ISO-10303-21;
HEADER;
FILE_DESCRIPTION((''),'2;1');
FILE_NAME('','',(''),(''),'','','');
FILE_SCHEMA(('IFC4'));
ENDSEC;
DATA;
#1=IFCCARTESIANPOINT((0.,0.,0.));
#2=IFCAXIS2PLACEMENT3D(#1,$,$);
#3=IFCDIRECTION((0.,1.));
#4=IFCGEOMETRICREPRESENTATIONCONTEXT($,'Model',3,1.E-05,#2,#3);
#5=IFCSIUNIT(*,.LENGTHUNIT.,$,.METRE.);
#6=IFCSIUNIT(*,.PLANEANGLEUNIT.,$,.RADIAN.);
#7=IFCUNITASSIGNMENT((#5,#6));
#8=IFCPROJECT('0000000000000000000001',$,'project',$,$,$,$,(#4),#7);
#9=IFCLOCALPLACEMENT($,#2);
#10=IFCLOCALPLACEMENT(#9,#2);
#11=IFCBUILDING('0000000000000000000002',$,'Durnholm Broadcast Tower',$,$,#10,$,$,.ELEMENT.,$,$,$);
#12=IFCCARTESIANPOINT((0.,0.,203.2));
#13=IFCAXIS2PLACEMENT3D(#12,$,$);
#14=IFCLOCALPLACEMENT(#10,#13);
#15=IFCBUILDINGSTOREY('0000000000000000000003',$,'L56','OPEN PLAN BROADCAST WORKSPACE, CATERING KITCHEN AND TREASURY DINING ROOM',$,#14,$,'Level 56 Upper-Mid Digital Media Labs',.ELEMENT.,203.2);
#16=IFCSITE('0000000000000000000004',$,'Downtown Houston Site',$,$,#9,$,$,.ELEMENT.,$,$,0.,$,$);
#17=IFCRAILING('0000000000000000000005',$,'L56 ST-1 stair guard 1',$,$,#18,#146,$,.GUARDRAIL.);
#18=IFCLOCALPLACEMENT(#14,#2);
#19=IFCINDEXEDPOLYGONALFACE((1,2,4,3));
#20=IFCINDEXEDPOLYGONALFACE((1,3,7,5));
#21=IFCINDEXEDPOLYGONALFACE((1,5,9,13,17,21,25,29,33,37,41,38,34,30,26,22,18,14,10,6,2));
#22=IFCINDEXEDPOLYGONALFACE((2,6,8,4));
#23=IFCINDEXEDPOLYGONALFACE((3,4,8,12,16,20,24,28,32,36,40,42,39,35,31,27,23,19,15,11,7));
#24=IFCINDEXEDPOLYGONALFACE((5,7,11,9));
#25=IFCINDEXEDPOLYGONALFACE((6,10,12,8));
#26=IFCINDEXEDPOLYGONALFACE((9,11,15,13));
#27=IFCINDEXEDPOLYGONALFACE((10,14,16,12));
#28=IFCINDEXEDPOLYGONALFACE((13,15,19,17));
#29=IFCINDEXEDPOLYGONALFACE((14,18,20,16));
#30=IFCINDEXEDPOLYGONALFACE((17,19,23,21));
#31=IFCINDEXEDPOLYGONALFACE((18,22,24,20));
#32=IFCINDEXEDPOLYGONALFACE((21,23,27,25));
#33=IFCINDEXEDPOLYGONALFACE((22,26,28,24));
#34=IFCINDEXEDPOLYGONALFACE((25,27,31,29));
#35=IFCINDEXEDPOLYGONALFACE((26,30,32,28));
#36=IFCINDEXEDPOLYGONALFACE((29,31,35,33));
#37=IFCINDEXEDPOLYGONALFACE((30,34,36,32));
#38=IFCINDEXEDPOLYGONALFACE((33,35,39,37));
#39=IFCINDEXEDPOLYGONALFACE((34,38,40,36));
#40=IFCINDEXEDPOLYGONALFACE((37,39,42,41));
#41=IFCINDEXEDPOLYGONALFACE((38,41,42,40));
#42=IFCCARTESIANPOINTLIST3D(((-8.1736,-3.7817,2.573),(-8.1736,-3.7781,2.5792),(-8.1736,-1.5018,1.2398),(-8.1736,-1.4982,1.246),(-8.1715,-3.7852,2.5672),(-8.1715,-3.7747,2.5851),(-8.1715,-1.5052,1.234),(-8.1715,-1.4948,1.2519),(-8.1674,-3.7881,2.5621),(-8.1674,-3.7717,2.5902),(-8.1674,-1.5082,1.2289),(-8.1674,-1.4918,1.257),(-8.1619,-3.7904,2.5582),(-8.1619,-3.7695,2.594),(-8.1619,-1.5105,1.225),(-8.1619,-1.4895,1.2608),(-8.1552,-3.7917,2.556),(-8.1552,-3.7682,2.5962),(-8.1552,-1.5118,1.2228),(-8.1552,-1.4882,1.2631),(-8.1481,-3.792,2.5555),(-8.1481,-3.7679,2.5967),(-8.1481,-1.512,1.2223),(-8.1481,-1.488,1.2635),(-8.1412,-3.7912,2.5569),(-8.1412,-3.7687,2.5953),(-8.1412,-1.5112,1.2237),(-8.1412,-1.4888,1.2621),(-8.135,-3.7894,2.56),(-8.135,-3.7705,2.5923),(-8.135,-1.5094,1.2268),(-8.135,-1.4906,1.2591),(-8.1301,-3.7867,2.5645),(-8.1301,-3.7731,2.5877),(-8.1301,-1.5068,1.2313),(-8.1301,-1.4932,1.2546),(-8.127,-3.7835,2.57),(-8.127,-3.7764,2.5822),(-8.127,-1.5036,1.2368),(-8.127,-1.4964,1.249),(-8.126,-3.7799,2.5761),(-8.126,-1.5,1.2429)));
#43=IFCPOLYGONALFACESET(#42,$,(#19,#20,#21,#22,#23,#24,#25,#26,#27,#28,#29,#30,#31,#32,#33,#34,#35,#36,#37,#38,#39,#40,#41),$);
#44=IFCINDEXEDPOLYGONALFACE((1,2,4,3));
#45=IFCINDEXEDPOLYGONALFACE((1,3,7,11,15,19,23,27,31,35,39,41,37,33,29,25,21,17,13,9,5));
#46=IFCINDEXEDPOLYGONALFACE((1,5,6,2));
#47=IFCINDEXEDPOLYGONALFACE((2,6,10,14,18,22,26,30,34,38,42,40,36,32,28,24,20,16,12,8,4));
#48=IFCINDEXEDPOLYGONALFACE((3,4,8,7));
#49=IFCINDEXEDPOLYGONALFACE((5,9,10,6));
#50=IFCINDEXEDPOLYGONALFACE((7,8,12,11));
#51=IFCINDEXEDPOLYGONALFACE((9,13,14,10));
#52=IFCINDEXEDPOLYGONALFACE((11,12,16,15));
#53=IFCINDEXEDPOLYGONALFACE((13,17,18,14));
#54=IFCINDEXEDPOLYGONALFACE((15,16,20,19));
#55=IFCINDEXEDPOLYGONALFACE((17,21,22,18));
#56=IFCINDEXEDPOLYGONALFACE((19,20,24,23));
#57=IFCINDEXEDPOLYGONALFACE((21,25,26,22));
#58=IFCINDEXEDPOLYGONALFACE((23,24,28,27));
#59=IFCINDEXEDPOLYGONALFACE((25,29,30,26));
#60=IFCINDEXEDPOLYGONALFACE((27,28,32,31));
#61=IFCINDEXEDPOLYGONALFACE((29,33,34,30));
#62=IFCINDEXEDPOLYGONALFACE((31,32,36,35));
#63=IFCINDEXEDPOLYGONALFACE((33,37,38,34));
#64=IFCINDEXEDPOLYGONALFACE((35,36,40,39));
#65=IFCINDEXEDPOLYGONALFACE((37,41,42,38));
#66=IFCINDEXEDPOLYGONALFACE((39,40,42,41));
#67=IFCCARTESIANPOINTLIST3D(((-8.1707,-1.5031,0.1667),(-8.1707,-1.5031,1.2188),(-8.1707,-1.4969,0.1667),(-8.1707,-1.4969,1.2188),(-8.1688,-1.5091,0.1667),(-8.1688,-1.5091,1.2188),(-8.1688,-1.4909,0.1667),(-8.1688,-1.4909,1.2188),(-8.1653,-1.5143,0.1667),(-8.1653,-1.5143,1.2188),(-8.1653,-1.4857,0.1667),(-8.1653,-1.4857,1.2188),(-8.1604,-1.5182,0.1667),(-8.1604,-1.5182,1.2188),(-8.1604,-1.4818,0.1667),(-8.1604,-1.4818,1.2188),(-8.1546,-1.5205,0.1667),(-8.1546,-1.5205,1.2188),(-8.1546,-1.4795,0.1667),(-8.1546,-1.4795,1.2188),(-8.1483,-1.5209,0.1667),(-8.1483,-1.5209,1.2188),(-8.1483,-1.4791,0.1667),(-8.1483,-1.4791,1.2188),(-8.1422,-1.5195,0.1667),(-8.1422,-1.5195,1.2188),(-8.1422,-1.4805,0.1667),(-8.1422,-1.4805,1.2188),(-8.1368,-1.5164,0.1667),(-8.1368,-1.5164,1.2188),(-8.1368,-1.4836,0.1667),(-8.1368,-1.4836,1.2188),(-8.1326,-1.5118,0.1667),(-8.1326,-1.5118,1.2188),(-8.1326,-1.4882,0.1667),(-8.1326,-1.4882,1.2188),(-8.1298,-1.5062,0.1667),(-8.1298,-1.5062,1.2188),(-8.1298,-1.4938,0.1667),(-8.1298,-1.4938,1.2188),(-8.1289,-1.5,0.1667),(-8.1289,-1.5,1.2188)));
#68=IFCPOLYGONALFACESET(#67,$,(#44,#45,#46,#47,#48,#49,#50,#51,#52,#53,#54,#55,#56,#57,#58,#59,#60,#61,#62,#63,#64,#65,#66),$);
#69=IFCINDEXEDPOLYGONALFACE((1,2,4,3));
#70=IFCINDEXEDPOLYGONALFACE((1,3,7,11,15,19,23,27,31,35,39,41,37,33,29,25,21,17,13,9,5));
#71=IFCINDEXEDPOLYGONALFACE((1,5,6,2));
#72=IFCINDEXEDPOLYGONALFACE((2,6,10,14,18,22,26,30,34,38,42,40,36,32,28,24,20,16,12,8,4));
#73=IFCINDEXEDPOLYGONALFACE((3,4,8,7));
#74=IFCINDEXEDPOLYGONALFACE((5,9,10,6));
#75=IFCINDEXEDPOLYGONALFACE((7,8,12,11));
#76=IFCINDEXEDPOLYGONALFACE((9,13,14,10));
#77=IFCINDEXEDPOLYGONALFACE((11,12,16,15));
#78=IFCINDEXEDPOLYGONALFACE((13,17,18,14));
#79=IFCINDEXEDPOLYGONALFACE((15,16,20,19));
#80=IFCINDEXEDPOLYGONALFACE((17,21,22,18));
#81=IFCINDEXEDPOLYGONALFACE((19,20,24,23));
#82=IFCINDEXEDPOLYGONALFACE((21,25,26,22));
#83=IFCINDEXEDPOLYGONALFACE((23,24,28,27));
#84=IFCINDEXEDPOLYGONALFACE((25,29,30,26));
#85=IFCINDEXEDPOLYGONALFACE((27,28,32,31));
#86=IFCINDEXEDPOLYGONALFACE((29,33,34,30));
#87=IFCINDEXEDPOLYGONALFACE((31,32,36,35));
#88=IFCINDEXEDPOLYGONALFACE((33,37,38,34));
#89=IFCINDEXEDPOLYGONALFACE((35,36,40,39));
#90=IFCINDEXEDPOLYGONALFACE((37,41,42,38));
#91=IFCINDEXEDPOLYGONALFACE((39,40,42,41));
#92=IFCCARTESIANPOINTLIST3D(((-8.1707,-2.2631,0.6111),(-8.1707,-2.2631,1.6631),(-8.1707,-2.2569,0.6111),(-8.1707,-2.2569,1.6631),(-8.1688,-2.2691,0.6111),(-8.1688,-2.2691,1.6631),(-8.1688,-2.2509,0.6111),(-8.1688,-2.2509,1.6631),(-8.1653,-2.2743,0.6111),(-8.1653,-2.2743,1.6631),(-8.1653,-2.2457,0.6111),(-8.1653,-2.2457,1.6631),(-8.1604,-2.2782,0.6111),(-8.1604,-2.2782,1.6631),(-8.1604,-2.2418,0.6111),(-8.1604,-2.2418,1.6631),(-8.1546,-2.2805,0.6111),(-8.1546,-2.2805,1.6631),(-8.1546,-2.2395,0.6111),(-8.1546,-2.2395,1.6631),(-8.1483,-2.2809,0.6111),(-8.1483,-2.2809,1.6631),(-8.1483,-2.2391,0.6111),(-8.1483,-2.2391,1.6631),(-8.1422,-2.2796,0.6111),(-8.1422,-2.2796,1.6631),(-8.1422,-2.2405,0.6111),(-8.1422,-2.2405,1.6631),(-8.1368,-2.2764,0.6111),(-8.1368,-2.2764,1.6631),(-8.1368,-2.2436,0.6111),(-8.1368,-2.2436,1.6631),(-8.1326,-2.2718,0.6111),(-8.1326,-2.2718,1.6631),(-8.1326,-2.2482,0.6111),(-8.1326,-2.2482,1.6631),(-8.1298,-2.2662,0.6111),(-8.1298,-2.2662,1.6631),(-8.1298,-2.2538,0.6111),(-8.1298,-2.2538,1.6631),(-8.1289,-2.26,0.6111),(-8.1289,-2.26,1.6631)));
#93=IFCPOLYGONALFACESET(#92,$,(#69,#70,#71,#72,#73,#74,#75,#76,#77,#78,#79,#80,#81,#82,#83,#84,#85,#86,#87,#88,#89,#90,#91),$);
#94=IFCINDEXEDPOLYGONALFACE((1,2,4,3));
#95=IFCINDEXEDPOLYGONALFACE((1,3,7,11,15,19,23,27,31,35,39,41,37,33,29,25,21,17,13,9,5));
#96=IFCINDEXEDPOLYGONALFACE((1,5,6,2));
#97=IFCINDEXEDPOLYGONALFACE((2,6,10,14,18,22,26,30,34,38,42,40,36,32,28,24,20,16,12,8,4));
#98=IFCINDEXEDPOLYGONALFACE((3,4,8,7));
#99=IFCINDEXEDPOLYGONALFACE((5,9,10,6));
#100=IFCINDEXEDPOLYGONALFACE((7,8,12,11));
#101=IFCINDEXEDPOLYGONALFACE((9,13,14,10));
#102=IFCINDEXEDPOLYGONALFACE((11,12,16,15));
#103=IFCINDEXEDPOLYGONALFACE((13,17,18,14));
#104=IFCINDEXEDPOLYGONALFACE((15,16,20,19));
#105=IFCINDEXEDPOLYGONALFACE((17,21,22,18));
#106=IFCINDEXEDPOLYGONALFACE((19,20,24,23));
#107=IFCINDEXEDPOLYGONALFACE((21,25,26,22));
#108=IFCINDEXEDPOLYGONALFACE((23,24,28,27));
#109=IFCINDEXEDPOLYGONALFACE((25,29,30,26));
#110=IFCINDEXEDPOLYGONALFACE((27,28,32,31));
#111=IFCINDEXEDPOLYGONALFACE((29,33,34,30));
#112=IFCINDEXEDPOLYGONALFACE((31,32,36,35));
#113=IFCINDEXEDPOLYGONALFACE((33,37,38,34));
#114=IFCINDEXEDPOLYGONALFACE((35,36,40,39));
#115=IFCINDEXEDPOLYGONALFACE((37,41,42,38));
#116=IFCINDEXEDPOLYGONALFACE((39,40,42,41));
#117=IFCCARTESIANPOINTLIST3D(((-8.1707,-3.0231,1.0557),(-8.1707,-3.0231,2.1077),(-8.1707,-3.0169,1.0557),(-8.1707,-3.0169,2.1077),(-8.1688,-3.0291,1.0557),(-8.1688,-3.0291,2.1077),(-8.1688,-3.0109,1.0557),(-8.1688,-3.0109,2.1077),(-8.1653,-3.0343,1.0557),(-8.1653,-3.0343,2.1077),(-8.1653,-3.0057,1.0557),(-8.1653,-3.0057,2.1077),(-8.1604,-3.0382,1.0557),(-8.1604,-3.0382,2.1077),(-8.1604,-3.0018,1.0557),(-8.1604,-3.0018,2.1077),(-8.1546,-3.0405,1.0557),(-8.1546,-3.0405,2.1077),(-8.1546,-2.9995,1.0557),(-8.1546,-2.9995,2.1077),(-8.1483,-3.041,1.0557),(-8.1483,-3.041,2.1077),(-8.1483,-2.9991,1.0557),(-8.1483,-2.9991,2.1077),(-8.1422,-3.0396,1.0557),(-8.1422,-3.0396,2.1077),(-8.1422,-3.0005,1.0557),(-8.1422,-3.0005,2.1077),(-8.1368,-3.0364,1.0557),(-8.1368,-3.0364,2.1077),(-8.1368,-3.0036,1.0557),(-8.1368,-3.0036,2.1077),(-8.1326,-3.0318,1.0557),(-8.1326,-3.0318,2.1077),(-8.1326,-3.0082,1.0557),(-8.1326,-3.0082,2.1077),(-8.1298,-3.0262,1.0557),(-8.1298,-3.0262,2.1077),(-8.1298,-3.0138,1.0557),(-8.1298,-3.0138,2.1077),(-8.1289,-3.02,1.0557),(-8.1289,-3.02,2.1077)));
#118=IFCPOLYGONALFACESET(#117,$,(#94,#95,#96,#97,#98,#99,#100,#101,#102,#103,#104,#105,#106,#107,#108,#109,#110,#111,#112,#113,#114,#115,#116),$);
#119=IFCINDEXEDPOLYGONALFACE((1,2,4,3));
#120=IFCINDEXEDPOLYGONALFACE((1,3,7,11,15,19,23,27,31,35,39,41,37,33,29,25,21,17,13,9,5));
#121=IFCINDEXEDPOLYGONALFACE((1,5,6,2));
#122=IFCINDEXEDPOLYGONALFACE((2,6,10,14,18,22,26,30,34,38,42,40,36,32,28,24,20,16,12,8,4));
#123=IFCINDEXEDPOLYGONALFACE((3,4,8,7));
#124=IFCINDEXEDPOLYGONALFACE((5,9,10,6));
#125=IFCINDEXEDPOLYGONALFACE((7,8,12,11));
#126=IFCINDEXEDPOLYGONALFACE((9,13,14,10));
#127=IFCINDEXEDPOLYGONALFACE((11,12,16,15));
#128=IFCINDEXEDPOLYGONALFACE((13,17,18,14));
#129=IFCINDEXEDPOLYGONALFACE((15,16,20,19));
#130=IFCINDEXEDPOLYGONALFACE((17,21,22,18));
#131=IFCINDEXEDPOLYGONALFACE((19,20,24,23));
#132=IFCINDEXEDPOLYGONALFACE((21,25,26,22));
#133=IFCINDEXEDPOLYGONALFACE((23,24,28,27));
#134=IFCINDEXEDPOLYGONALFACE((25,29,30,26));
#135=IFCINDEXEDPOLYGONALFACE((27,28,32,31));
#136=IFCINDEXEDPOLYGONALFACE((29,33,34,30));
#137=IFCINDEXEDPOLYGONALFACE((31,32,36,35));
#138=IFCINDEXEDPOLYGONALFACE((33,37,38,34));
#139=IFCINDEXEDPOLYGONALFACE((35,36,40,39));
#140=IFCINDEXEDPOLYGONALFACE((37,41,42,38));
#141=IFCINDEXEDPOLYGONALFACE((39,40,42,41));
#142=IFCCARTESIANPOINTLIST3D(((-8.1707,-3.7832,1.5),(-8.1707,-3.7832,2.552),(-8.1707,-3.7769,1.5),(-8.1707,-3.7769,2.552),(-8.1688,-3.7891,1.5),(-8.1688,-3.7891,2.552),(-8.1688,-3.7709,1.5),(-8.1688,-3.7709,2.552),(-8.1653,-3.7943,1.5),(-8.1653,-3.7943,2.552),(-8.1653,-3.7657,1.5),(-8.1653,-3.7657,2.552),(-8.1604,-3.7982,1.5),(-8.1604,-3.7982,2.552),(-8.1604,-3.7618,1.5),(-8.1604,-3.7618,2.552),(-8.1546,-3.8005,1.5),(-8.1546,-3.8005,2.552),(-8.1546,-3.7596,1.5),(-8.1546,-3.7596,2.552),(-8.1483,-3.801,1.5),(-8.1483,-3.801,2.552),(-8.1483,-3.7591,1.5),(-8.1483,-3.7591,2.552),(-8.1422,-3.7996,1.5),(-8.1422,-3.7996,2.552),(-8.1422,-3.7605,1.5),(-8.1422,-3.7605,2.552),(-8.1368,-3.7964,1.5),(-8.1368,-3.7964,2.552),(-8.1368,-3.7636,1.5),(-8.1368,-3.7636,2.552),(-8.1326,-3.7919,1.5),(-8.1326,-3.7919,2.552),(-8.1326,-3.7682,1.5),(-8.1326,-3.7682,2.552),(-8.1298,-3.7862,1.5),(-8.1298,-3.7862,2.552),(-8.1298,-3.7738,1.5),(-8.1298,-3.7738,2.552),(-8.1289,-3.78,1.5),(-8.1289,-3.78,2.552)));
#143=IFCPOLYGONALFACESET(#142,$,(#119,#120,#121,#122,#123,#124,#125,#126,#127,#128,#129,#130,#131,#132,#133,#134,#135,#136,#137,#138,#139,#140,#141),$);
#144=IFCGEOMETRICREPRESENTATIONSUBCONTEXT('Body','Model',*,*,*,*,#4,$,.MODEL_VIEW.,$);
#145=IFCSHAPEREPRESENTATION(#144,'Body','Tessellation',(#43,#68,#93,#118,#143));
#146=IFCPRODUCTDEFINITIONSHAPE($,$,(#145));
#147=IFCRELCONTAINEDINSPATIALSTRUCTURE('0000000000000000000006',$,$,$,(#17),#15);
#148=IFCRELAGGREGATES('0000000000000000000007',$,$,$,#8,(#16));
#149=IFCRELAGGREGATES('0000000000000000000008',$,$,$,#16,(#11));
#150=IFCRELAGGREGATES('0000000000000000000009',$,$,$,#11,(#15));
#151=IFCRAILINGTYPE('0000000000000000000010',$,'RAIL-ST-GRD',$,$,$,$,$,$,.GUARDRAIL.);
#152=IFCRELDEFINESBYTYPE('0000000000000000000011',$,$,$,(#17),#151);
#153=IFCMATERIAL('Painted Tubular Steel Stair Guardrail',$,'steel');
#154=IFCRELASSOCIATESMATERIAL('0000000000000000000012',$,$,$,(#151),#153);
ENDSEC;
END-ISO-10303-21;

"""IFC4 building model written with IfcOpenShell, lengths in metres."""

from ifc_helpers import new_model, si_unit, direction, frame, origin, origin_2d, place, context, subcontext, project, spatial, circle, extrude, material, type_object, element, save


model = new_model("IFC4")

# Units and contexts
model_context = context("Model", 3, precision=1e-05, world=origin(), true_north=direction((0.0, 1.0)))
body_context = subcontext(model_context, "Body", "Model", "MODEL_VIEW")
ifc_project = project(units=[si_unit("LENGTHUNIT", "METRE"), si_unit("PLANEANGLEUNIT", "RADIAN")], contexts=[model_context])

# Site, building, storey
site_placement = place(None, origin())
site = spatial("IfcSite", under=ifc_project, at=site_placement, Name="Downtown Houston Site", CompositionType="ELEMENT", RefElevation=0.0)
building_placement = place(site_placement, origin())
building = spatial("IfcBuilding", under=site, at=building_placement, Name="Durnholm Broadcast Tower", CompositionType="ELEMENT")
storey_placement = place(building_placement, frame((0.0, 0.0, 203.2)))
storey = spatial("IfcBuildingStorey", under=building, at=storey_placement, Name="L56", Description="OPEN PLAN BROADCAST WORKSPACE, CATERING KITCHEN AND TREASURY DINING ROOM", LongName="Level 56 Upper-Mid Digital Media Labs", CompositionType="ELEMENT", Elevation=203.2)

# Railing
ifc_material_1 = material(Name="Painted Tubular Steel Stair Guardrail", Category="steel")
railing_type_1 = type_object("IfcRailingType", Name="RAIL-ST-GRD", PredefinedType="GUARDRAIL", material=ifc_material_1)
railing_1_placement = place(storey_placement, frame((-8.1499, -1.5, 0.1667)))
element("IfcRailing", 1, at=railing_1_placement, inside=storey, type_object=railing_type_1, Name="L56 ST-1 stair guard 1", PredefinedType="GUARDRAIL", context=body_context, shape_type="SweptSolid", body=[
    extrude(circle(Radius=0.0239, at=origin_2d()), frame((0.0, 0.0, 1.0762), z_axis=(0.0, -0.863245, 0.504785), x_axis=(1.0, 0.0, 0.0)), (0.0, 0.0, 1.0), 2.6411),
    extrude(circle(Radius=0.021, at=origin_2d()), origin(), (0.0, 0.0, 1.0), 1.052),
    extrude(circle(Radius=0.021, at=origin_2d()), frame((0.0, -0.76, 0.4443)), (0.0, 0.0, 1.0), 1.052),
    extrude(circle(Radius=0.021, at=origin_2d()), frame((0.0, -1.52, 0.8889)), (0.0, 0.0, 1.0), 1.052),
    extrude(circle(Radius=0.021, at=origin_2d()), frame((0.0, -2.28, 1.3333)), (0.0, 0.0, 1.0), 1.052),
])

save(model, "model.ifc")
